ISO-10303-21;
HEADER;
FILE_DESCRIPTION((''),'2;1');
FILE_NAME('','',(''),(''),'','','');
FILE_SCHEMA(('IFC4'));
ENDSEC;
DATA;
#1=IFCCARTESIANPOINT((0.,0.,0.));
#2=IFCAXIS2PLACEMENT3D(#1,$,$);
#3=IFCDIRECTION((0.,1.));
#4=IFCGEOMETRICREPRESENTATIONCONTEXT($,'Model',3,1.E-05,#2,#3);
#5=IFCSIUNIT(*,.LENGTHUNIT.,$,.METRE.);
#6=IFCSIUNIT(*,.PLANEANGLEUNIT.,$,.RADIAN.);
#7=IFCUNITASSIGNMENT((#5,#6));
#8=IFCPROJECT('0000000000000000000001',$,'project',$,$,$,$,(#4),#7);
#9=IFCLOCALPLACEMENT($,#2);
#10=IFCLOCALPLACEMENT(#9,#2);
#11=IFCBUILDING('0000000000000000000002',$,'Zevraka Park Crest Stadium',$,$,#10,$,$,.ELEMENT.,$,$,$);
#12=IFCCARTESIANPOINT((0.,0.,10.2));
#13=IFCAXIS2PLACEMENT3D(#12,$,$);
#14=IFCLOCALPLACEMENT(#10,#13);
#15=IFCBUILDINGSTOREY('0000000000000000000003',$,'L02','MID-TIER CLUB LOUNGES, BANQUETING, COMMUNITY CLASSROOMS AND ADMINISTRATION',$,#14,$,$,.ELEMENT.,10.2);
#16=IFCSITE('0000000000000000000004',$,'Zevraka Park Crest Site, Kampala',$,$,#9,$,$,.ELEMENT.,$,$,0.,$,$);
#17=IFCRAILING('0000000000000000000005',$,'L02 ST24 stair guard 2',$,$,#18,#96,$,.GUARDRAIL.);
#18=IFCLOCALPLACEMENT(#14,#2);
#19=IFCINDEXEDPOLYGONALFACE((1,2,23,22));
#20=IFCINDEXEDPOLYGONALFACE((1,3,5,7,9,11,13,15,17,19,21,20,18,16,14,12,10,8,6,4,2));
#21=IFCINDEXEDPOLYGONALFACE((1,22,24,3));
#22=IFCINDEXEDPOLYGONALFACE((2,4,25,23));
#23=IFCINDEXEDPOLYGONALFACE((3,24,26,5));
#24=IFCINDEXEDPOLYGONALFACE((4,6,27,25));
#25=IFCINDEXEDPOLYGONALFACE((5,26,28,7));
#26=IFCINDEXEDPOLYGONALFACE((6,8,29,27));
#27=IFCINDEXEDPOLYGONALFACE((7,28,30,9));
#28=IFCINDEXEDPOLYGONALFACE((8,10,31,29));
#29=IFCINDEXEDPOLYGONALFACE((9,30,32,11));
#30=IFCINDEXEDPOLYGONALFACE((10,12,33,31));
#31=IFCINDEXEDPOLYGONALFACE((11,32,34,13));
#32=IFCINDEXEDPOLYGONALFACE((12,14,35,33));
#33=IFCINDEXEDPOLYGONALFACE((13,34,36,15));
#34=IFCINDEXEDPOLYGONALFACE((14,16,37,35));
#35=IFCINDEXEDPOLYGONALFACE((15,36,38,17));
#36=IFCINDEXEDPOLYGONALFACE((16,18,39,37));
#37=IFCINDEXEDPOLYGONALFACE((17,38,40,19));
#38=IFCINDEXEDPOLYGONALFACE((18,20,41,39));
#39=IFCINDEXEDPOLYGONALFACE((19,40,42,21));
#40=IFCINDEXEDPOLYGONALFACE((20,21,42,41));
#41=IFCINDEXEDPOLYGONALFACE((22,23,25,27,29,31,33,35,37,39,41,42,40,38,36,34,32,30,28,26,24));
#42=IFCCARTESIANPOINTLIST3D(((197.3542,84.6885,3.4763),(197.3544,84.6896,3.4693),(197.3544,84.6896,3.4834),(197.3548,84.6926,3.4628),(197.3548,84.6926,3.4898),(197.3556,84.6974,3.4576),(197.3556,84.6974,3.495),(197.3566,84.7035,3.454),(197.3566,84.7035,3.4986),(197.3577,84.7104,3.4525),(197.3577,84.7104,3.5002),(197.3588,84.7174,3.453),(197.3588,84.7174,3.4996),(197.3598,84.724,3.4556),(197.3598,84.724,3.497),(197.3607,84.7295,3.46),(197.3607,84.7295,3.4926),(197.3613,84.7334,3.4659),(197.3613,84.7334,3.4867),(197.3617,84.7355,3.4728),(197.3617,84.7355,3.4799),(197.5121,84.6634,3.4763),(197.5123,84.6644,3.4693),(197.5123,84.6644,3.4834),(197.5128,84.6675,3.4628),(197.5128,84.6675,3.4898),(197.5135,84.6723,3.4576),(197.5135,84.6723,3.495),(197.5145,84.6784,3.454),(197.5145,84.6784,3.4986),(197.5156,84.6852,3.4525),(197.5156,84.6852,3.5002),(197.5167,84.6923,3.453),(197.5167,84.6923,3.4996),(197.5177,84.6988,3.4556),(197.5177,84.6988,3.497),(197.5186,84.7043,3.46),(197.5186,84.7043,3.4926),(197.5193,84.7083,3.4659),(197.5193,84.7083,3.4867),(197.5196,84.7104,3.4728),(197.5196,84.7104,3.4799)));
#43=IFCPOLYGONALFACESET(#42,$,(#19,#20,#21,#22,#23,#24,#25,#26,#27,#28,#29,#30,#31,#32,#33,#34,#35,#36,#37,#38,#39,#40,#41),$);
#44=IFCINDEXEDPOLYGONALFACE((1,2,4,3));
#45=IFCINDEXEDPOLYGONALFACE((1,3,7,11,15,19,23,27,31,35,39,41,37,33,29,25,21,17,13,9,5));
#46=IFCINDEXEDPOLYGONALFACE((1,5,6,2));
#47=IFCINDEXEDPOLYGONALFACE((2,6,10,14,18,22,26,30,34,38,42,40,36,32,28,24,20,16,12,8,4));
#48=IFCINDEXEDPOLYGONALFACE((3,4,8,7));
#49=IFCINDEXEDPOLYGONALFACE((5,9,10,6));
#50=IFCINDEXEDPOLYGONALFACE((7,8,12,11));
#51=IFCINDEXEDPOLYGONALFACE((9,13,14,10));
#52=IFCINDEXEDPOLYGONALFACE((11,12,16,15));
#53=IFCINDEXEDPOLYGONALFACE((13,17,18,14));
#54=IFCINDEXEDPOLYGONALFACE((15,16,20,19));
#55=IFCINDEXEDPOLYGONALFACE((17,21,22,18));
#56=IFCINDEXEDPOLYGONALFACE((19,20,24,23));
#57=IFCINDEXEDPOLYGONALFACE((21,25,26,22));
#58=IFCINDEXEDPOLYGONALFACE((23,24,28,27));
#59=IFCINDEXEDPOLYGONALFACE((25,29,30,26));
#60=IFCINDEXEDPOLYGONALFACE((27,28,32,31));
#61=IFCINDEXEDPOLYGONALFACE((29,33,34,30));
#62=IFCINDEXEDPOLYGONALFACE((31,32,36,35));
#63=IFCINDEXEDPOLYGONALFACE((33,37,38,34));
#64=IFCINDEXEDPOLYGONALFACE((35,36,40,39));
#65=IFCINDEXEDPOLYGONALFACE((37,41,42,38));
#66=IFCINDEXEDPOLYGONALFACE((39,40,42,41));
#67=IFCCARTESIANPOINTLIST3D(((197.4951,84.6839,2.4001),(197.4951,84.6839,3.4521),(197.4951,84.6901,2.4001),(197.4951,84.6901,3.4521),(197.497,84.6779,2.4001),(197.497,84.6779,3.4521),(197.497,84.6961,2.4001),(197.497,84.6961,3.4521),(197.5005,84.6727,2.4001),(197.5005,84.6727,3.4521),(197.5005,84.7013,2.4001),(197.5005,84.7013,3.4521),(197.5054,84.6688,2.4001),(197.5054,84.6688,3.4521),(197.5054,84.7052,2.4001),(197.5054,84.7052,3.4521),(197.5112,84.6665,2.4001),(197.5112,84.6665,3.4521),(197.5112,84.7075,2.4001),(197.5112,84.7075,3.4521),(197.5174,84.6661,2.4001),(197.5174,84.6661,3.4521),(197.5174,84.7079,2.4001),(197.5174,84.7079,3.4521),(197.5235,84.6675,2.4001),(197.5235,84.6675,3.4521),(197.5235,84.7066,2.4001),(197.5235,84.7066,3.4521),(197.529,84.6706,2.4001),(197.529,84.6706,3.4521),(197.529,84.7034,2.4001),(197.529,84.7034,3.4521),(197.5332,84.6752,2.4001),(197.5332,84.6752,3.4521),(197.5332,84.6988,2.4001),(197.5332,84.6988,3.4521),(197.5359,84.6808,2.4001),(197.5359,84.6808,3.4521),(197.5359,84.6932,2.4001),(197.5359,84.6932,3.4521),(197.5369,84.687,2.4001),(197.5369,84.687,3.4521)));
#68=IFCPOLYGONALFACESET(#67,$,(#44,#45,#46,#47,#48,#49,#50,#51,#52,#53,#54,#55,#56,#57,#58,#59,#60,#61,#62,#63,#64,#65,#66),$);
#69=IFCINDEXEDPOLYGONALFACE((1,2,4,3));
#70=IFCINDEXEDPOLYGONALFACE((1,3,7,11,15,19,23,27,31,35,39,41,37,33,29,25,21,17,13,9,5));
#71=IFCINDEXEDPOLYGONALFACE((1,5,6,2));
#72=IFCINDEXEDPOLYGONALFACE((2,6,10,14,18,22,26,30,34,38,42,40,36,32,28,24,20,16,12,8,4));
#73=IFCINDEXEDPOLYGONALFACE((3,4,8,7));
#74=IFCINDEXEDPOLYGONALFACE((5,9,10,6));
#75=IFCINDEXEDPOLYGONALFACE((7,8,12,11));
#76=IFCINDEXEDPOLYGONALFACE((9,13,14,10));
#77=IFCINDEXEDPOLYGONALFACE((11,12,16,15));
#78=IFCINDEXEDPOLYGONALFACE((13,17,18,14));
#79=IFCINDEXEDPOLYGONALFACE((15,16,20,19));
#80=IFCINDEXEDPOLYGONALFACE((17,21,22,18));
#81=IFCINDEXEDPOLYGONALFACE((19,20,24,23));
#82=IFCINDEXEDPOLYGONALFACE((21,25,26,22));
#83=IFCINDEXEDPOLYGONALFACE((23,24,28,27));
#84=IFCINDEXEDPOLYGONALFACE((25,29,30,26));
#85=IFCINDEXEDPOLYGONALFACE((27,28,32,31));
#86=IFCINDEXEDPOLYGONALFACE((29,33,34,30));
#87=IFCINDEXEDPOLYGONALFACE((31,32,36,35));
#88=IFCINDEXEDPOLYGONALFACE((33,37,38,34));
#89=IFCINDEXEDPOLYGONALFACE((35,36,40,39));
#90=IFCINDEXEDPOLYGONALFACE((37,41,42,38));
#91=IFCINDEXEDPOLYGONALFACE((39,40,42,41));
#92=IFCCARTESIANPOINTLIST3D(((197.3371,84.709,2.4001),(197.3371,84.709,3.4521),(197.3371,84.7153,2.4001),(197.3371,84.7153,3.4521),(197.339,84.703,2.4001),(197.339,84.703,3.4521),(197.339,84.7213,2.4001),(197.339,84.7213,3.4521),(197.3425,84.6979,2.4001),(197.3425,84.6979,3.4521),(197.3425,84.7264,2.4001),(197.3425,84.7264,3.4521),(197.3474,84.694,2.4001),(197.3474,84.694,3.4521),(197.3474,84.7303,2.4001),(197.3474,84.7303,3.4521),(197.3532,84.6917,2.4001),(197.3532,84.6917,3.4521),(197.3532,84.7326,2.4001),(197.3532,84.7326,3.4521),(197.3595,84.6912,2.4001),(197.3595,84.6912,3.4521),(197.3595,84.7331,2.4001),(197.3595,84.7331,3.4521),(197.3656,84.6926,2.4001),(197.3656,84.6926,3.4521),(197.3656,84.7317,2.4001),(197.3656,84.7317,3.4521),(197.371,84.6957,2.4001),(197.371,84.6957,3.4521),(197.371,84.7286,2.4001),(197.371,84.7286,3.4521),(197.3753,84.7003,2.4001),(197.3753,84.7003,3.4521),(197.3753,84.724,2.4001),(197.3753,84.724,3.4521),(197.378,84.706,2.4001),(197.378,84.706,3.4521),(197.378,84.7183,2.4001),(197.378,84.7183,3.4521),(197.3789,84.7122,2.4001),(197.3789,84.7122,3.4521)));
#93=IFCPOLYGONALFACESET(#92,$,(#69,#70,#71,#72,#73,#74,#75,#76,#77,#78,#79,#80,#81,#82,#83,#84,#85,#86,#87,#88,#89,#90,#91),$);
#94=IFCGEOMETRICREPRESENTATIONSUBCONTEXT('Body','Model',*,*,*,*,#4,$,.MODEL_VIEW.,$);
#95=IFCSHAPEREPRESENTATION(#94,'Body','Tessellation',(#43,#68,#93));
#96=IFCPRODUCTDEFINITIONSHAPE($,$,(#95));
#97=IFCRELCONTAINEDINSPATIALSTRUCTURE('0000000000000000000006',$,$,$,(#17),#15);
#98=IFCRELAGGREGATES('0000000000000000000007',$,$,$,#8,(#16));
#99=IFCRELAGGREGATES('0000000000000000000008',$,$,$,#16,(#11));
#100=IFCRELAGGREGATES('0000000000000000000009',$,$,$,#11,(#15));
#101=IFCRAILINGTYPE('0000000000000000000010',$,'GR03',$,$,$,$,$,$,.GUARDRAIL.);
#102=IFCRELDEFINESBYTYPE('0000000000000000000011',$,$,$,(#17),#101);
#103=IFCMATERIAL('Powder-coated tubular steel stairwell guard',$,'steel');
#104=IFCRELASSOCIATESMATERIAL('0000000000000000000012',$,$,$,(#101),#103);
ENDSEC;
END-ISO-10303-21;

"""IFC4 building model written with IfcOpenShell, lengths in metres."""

from ifc_helpers import new_model, si_unit, direction, frame, origin, origin_2d, place, context, subcontext, project, spatial, circle, extrude, material, type_object, element, save


model = new_model("IFC4")

# Units and contexts
model_context = context("Model", 3, precision=1e-05, world=origin(), true_north=direction((0.0, 1.0)))
body_context = subcontext(model_context, "Body", "Model", "MODEL_VIEW")
ifc_project = project(units=[si_unit("LENGTHUNIT", "METRE"), si_unit("PLANEANGLEUNIT", "RADIAN")], contexts=[model_context])

# Site, building, storey
site_placement = place(None, origin())
site = spatial("IfcSite", under=ifc_project, at=site_placement, Name="Zevraka Park Crest Site, Kampala", CompositionType="ELEMENT", RefElevation=0.0)
building_placement = place(site_placement, origin())
building = spatial("IfcBuilding", under=site, at=building_placement, Name="Zevraka Park Crest Stadium", CompositionType="ELEMENT")
storey_placement = place(building_placement, frame((0.0, 0.0, 10.2)))
storey = spatial("IfcBuildingStorey", under=building, at=storey_placement, Name="L02", Description="MID-TIER CLUB LOUNGES, BANQUETING, COMMUNITY CLASSROOMS AND ADMINISTRATION", CompositionType="ELEMENT", Elevation=10.2)

# Railing
ifc_material_1 = material(Name="Powder-coated tubular steel stairwell guard", Category="steel")
railing_type_1 = type_object("IfcRailingType", Name="GR03", PredefinedType="GUARDRAIL", material=ifc_material_1)
railing_1_placement = place(storey_placement, frame((197.5159, 84.687, 2.4001)))
element("IfcRailing", 1, at=railing_1_placement, inside=storey, type_object=railing_type_1, Name="L02 ST24 stair guard 2", PredefinedType="GUARDRAIL", context=body_context, shape_type="SweptSolid", body=[
    extrude(circle(Radius=0.0239, at=origin_2d()), frame((0.0, 0.0, 1.0762), z_axis=(-0.987564, 0.157217, 0.0), x_axis=(-0.157217, -0.987564, 0.0)), (0.0, 0.0, 1.0), 0.1599),
    extrude(circle(Radius=0.021, at=origin_2d()), origin(), (0.0, 0.0, 1.0), 1.052),
    extrude(circle(Radius=0.021, at=origin_2d()), frame((-0.158, 0.0251, 0.0)), (0.0, 0.0, 1.0), 1.052),
])

save(model, "model.ifc")
